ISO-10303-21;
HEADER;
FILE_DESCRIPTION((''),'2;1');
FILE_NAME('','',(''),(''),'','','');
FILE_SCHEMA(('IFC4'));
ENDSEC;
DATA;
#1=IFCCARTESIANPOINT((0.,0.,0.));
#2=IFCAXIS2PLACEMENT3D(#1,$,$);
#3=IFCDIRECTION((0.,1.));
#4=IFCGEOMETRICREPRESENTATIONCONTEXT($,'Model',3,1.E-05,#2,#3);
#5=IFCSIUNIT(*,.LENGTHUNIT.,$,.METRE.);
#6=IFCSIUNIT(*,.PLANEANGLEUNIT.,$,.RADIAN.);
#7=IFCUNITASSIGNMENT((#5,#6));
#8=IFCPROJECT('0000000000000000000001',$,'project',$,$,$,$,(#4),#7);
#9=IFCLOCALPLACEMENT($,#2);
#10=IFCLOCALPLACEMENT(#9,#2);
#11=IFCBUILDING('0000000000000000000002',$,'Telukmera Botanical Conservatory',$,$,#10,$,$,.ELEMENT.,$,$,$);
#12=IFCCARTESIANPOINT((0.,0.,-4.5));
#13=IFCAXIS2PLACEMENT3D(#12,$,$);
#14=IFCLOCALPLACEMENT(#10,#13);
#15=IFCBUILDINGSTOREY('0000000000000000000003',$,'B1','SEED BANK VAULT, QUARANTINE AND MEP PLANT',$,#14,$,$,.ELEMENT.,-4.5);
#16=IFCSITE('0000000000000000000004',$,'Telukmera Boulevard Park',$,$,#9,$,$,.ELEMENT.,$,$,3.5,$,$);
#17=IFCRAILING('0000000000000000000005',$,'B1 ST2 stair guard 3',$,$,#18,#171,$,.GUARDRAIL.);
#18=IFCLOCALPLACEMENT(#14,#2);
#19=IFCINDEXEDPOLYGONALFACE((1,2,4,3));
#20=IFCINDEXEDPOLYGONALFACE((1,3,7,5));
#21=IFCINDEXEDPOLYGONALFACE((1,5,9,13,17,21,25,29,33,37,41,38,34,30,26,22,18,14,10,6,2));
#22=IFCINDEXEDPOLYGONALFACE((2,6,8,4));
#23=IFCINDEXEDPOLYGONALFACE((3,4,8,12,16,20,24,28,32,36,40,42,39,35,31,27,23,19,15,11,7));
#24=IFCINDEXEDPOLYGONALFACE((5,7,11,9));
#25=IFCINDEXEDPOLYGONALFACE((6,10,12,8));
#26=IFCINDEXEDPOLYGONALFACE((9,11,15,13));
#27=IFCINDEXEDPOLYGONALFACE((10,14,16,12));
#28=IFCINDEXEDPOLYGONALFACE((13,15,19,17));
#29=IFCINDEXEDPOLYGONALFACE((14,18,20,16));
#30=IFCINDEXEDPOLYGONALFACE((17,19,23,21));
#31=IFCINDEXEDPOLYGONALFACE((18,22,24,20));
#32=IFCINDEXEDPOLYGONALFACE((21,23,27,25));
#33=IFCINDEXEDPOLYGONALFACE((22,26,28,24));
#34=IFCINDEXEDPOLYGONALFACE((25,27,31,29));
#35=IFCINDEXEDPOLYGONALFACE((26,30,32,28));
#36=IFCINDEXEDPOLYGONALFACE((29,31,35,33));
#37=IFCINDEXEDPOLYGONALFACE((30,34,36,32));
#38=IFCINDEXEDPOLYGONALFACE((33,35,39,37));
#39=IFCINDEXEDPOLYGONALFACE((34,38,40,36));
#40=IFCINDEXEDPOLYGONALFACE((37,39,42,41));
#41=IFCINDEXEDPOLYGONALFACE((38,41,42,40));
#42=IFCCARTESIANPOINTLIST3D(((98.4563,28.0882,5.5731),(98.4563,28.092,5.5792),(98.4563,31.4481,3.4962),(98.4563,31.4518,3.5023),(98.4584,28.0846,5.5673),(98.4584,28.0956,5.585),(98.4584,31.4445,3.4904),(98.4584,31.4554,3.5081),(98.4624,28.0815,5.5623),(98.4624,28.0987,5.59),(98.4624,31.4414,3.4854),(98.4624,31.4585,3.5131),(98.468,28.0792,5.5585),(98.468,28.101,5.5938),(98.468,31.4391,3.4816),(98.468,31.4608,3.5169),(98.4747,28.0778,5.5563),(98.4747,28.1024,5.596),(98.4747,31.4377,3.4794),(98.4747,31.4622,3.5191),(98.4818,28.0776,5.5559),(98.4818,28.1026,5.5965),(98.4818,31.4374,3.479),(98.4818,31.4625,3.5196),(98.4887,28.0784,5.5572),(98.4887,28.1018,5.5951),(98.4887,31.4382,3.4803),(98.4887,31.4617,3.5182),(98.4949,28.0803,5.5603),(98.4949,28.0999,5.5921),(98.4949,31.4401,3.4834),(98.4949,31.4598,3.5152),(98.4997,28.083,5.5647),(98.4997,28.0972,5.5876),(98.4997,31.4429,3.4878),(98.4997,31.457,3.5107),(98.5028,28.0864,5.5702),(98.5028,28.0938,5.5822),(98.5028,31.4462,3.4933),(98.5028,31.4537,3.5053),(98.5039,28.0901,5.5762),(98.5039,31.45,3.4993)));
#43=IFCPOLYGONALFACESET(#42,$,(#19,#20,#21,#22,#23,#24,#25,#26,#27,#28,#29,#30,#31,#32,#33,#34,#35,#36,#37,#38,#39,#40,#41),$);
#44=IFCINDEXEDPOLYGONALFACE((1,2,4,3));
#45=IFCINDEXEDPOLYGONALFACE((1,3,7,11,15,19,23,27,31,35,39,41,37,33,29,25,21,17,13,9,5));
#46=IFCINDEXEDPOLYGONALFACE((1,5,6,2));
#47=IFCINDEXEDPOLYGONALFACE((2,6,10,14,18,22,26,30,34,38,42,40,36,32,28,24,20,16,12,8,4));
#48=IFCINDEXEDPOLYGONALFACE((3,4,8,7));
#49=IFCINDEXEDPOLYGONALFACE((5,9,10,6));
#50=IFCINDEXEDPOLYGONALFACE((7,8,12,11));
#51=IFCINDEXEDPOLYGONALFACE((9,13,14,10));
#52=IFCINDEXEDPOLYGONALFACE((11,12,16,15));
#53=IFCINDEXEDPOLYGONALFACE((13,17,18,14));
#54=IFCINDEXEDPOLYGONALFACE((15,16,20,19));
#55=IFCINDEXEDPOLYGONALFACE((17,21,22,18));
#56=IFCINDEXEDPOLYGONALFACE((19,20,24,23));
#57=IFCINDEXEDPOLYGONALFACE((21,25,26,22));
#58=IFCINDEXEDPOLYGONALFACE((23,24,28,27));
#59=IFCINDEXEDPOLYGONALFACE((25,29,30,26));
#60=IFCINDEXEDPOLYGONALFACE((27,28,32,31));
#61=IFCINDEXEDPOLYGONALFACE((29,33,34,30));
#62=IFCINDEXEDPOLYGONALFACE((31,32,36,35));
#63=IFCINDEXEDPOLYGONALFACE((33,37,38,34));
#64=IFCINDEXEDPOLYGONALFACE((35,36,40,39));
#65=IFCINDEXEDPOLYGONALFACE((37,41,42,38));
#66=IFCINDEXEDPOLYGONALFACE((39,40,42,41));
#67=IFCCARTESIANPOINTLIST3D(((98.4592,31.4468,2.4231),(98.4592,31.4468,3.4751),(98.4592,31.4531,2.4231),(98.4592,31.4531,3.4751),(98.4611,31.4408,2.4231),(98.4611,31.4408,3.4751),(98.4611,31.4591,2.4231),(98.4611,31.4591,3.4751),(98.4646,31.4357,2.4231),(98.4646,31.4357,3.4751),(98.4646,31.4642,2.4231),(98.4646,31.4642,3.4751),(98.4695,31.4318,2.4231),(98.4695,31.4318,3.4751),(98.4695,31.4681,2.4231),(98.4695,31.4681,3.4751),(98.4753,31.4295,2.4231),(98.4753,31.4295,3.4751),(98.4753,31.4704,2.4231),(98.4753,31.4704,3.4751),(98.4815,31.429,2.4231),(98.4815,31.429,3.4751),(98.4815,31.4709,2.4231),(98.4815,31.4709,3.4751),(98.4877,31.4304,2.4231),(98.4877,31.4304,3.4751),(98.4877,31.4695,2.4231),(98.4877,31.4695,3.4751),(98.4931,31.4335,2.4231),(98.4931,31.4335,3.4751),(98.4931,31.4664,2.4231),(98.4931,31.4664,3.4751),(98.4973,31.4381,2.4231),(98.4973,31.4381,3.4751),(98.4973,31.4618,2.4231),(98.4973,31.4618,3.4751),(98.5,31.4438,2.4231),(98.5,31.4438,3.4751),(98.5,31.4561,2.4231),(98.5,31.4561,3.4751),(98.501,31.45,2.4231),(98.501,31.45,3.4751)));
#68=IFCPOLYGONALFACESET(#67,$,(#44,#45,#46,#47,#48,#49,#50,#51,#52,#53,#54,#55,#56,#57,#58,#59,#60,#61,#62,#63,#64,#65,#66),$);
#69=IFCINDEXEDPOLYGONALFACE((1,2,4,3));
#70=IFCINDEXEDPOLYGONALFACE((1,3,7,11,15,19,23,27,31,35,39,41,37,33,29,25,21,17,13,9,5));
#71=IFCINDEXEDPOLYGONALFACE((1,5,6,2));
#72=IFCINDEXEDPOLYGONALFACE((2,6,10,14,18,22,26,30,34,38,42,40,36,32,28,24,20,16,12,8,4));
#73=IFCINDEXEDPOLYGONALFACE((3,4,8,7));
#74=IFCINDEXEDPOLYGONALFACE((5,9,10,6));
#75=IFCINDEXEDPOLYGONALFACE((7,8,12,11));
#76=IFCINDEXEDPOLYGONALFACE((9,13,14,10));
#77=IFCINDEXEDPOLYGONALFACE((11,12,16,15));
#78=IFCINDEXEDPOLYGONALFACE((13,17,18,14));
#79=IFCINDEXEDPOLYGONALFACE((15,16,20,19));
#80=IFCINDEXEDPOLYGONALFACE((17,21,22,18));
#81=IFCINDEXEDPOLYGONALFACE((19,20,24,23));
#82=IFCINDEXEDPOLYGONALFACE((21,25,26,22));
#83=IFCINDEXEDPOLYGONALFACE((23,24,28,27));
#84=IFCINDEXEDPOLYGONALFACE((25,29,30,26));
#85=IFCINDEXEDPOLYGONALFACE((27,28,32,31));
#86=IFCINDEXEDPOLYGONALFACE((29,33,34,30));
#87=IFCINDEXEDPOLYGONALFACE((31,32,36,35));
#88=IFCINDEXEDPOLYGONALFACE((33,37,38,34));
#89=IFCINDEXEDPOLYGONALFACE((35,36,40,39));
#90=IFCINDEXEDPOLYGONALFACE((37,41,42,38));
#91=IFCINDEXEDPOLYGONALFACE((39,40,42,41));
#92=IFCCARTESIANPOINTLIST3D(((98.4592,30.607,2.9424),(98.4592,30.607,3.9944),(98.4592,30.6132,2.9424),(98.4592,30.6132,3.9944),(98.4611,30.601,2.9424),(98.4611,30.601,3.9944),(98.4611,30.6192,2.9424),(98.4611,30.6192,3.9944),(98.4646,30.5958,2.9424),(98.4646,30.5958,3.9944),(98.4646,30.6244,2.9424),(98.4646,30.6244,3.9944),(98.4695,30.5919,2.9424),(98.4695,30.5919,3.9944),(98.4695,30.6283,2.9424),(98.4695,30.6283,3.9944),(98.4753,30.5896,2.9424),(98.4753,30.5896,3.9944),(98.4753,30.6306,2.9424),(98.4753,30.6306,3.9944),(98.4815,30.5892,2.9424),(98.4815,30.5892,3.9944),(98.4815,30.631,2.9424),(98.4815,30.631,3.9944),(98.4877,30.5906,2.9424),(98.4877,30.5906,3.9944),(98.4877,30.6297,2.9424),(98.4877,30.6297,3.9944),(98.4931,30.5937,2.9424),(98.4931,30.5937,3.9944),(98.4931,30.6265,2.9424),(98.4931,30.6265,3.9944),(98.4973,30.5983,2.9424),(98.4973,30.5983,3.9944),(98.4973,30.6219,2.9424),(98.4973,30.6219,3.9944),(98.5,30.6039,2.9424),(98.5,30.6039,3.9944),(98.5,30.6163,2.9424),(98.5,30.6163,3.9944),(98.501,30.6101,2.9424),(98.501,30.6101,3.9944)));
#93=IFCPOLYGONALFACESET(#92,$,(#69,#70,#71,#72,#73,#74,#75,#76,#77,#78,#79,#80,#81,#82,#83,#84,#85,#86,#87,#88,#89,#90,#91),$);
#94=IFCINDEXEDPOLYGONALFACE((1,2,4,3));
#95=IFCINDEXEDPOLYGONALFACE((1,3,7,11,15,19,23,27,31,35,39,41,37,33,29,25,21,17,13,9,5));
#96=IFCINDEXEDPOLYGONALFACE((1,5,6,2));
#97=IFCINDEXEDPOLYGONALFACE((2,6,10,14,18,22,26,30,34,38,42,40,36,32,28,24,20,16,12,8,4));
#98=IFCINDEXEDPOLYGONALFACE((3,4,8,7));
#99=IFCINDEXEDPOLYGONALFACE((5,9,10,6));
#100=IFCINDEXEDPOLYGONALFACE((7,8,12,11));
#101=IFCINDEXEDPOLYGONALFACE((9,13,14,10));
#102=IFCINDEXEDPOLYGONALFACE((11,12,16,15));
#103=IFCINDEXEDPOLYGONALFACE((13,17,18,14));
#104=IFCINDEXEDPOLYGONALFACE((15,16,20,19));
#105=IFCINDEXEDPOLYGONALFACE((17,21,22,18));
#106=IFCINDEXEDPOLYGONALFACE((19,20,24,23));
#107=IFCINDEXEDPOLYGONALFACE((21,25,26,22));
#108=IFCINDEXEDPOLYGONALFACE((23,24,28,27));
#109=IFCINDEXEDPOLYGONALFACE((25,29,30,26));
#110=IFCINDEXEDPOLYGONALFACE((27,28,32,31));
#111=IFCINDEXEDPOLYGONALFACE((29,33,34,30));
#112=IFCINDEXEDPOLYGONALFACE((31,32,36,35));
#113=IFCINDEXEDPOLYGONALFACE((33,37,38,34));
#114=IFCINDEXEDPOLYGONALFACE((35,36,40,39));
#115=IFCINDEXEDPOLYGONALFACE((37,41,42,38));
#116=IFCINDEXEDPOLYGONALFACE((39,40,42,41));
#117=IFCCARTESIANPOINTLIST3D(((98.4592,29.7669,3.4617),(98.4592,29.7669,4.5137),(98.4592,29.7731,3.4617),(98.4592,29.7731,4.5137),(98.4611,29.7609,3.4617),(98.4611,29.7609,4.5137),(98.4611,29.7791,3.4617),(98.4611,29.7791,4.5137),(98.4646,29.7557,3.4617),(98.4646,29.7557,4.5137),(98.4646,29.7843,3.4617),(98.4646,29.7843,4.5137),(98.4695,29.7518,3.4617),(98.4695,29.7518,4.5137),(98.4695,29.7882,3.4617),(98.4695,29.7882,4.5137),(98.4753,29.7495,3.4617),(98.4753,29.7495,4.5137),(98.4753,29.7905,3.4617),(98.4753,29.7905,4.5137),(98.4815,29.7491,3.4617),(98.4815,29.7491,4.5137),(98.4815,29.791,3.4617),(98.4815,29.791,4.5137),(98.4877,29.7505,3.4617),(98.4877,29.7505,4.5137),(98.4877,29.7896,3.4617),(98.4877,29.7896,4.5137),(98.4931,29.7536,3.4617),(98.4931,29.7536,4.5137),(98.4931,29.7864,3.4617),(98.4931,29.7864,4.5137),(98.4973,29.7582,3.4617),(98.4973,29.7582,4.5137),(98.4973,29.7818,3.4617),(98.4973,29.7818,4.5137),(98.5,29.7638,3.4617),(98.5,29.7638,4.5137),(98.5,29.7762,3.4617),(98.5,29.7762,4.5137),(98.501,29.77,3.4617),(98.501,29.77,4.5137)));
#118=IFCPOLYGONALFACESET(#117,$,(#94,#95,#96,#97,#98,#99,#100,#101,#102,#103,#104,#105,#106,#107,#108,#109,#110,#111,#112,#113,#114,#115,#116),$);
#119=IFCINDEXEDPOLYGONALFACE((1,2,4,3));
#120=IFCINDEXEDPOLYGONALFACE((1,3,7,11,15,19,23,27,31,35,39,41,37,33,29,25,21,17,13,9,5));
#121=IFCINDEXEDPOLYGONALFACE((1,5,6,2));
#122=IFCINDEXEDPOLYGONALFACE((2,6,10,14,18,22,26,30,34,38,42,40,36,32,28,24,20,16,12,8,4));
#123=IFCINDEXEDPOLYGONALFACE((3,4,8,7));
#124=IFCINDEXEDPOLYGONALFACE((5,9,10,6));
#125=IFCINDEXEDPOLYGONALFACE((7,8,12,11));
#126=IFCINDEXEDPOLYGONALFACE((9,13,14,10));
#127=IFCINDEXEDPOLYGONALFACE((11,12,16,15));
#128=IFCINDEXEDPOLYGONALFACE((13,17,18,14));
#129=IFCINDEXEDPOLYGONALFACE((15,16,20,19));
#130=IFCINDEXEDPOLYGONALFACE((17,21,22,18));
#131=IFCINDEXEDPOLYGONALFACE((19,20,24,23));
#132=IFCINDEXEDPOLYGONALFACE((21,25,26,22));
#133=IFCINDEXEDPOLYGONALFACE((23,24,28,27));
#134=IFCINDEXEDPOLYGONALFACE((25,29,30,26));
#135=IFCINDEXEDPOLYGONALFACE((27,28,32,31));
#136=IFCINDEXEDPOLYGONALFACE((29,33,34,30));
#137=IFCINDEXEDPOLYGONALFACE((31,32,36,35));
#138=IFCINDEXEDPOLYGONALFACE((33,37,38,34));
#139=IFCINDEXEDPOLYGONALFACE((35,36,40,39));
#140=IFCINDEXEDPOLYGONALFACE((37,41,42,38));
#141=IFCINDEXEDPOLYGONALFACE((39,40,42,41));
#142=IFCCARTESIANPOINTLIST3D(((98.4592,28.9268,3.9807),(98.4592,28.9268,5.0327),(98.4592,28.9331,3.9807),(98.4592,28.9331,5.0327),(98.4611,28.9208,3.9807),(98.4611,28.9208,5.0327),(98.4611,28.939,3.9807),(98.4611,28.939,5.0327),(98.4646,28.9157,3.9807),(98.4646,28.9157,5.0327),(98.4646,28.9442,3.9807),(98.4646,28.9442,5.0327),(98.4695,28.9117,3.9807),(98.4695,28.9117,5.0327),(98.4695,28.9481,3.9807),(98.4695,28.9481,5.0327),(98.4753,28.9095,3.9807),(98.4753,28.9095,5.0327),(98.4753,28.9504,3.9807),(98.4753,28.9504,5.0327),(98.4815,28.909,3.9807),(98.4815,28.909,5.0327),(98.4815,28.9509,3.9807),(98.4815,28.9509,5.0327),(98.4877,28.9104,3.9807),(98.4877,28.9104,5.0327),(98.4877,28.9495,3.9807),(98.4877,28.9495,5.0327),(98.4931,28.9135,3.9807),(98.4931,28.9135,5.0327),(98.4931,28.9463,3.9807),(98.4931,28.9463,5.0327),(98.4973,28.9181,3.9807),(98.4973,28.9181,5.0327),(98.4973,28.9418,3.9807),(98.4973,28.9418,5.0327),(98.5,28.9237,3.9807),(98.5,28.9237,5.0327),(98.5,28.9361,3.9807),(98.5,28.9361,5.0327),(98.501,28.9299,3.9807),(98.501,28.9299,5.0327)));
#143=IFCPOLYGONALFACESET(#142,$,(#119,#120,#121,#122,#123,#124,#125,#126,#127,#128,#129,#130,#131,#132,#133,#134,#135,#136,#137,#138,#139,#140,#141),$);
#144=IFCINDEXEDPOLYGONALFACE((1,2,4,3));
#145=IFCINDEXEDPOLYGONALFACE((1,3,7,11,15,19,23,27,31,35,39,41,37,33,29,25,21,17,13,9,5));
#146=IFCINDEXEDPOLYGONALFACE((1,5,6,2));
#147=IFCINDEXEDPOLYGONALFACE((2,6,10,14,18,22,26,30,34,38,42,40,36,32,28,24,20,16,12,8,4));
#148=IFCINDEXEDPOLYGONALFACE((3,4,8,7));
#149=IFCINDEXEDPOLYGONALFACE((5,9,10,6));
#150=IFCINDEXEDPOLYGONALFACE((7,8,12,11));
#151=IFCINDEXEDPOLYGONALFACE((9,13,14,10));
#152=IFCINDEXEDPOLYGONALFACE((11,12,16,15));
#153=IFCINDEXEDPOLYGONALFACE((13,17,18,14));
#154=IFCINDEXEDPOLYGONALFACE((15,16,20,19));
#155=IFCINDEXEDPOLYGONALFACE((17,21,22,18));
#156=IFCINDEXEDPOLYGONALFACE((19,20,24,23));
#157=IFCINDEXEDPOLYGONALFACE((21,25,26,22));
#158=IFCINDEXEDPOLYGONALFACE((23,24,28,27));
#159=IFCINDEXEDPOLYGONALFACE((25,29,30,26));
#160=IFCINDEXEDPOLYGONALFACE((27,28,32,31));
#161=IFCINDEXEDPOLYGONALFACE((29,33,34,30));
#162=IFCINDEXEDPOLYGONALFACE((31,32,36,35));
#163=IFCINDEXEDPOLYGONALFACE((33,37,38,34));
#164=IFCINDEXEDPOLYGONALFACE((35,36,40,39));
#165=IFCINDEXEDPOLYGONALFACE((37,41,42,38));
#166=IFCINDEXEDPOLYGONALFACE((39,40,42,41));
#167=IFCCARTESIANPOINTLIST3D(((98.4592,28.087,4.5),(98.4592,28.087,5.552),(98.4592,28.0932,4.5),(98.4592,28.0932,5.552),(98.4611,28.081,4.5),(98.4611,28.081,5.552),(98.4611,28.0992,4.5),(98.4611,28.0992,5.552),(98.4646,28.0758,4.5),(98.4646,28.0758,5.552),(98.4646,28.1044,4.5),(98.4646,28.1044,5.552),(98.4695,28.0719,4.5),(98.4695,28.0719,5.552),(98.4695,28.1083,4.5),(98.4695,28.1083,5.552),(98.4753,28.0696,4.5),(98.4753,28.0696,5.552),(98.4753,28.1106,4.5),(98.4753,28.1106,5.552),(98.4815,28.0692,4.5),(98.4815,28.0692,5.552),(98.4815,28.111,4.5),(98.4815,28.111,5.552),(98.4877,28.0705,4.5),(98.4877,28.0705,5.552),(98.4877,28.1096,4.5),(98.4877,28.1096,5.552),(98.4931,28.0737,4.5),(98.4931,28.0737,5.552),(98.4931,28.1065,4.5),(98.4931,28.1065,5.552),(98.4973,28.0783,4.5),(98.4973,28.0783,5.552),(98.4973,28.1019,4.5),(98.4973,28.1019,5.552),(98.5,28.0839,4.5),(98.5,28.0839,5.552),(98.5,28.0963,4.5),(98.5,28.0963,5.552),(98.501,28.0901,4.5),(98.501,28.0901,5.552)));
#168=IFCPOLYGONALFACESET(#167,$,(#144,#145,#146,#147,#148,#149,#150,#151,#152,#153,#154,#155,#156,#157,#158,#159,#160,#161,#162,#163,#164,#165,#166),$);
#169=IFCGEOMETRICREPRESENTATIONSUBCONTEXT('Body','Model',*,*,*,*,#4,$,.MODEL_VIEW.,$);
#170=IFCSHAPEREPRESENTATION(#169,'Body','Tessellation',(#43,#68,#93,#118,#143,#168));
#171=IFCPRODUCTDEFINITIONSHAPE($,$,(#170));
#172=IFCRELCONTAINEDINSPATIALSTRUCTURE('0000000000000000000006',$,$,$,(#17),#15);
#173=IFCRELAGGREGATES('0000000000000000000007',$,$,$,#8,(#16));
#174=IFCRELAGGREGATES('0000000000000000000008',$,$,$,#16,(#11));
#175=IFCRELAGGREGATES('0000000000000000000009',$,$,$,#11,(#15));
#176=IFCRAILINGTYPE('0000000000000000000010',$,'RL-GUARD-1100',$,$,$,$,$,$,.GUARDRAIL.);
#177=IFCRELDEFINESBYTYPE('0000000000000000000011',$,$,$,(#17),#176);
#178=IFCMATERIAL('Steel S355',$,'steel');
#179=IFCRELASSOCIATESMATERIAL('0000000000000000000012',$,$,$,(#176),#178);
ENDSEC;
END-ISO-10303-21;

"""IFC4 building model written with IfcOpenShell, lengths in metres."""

from ifc_helpers import new_model, si_unit, direction, frame, origin, origin_2d, place, context, subcontext, project, spatial, circle, extrude, material, type_object, element, save


model = new_model("IFC4")

# Units and contexts
model_context = context("Model", 3, precision=1e-05, world=origin(), true_north=direction((0.0, 1.0)))
body_context = subcontext(model_context, "Body", "Model", "MODEL_VIEW")
ifc_project = project(units=[si_unit("LENGTHUNIT", "METRE"), si_unit("PLANEANGLEUNIT", "RADIAN")], contexts=[model_context])

# Site, building, storey
site_placement = place(None, origin())
site = spatial("IfcSite", under=ifc_project, at=site_placement, Name="Telukmera Boulevard Park", CompositionType="ELEMENT", RefElevation=3.5)
building_placement = place(site_placement, origin())
building = spatial("IfcBuilding", under=site, at=building_placement, Name="Telukmera Botanical Conservatory", CompositionType="ELEMENT")
storey_placement = place(building_placement, frame((0.0, 0.0, -4.5)))
storey = spatial("IfcBuildingStorey", under=building, at=storey_placement, Name="B1", Description="SEED BANK VAULT, QUARANTINE AND MEP PLANT", CompositionType="ELEMENT", Elevation=-4.5)

# Railing
ifc_material_1 = material(Name="Steel S355", Category="steel")
railing_type_1 = type_object("IfcRailingType", Name="RL-GUARD-1100", PredefinedType="GUARDRAIL", material=ifc_material_1)
railing_1_placement = place(storey_placement, frame((98.48, 31.45, 2.4231)))
element("IfcRailing", 1, at=railing_1_placement, inside=storey, type_object=railing_type_1, Name="B1 ST2 stair guard 3", PredefinedType="GUARDRAIL", context=body_context, shape_type="SweptSolid", body=[
    extrude(circle(Radius=0.0239, at=origin_2d()), frame((0.0, 0.0, 1.0762), z_axis=(0.0, -0.850606, 0.525803), x_axis=(1.0, 0.0, 0.0)), (0.0, 0.0, 1.0), 3.95),
    extrude(circle(Radius=0.021, at=origin_2d()), origin(), (0.0, 0.0, 1.0), 1.052),
    extrude(circle(Radius=0.021, at=origin_2d()), frame((0.0, -0.8398, 0.5193)), (0.0, 0.0, 1.0), 1.052),
    extrude(circle(Radius=0.021, at=origin_2d()), frame((0.0, -1.6799, 1.0386)), (0.0, 0.0, 1.0), 1.052),
    extrude(circle(Radius=0.021, at=origin_2d()), frame((0.0, -2.52, 1.5576)), (0.0, 0.0, 1.0), 1.052),
    extrude(circle(Radius=0.021, at=origin_2d()), frame((0.0, -3.3599, 2.0769)), (0.0, 0.0, 1.0), 1.052),
])

save(model, "model.ifc")
